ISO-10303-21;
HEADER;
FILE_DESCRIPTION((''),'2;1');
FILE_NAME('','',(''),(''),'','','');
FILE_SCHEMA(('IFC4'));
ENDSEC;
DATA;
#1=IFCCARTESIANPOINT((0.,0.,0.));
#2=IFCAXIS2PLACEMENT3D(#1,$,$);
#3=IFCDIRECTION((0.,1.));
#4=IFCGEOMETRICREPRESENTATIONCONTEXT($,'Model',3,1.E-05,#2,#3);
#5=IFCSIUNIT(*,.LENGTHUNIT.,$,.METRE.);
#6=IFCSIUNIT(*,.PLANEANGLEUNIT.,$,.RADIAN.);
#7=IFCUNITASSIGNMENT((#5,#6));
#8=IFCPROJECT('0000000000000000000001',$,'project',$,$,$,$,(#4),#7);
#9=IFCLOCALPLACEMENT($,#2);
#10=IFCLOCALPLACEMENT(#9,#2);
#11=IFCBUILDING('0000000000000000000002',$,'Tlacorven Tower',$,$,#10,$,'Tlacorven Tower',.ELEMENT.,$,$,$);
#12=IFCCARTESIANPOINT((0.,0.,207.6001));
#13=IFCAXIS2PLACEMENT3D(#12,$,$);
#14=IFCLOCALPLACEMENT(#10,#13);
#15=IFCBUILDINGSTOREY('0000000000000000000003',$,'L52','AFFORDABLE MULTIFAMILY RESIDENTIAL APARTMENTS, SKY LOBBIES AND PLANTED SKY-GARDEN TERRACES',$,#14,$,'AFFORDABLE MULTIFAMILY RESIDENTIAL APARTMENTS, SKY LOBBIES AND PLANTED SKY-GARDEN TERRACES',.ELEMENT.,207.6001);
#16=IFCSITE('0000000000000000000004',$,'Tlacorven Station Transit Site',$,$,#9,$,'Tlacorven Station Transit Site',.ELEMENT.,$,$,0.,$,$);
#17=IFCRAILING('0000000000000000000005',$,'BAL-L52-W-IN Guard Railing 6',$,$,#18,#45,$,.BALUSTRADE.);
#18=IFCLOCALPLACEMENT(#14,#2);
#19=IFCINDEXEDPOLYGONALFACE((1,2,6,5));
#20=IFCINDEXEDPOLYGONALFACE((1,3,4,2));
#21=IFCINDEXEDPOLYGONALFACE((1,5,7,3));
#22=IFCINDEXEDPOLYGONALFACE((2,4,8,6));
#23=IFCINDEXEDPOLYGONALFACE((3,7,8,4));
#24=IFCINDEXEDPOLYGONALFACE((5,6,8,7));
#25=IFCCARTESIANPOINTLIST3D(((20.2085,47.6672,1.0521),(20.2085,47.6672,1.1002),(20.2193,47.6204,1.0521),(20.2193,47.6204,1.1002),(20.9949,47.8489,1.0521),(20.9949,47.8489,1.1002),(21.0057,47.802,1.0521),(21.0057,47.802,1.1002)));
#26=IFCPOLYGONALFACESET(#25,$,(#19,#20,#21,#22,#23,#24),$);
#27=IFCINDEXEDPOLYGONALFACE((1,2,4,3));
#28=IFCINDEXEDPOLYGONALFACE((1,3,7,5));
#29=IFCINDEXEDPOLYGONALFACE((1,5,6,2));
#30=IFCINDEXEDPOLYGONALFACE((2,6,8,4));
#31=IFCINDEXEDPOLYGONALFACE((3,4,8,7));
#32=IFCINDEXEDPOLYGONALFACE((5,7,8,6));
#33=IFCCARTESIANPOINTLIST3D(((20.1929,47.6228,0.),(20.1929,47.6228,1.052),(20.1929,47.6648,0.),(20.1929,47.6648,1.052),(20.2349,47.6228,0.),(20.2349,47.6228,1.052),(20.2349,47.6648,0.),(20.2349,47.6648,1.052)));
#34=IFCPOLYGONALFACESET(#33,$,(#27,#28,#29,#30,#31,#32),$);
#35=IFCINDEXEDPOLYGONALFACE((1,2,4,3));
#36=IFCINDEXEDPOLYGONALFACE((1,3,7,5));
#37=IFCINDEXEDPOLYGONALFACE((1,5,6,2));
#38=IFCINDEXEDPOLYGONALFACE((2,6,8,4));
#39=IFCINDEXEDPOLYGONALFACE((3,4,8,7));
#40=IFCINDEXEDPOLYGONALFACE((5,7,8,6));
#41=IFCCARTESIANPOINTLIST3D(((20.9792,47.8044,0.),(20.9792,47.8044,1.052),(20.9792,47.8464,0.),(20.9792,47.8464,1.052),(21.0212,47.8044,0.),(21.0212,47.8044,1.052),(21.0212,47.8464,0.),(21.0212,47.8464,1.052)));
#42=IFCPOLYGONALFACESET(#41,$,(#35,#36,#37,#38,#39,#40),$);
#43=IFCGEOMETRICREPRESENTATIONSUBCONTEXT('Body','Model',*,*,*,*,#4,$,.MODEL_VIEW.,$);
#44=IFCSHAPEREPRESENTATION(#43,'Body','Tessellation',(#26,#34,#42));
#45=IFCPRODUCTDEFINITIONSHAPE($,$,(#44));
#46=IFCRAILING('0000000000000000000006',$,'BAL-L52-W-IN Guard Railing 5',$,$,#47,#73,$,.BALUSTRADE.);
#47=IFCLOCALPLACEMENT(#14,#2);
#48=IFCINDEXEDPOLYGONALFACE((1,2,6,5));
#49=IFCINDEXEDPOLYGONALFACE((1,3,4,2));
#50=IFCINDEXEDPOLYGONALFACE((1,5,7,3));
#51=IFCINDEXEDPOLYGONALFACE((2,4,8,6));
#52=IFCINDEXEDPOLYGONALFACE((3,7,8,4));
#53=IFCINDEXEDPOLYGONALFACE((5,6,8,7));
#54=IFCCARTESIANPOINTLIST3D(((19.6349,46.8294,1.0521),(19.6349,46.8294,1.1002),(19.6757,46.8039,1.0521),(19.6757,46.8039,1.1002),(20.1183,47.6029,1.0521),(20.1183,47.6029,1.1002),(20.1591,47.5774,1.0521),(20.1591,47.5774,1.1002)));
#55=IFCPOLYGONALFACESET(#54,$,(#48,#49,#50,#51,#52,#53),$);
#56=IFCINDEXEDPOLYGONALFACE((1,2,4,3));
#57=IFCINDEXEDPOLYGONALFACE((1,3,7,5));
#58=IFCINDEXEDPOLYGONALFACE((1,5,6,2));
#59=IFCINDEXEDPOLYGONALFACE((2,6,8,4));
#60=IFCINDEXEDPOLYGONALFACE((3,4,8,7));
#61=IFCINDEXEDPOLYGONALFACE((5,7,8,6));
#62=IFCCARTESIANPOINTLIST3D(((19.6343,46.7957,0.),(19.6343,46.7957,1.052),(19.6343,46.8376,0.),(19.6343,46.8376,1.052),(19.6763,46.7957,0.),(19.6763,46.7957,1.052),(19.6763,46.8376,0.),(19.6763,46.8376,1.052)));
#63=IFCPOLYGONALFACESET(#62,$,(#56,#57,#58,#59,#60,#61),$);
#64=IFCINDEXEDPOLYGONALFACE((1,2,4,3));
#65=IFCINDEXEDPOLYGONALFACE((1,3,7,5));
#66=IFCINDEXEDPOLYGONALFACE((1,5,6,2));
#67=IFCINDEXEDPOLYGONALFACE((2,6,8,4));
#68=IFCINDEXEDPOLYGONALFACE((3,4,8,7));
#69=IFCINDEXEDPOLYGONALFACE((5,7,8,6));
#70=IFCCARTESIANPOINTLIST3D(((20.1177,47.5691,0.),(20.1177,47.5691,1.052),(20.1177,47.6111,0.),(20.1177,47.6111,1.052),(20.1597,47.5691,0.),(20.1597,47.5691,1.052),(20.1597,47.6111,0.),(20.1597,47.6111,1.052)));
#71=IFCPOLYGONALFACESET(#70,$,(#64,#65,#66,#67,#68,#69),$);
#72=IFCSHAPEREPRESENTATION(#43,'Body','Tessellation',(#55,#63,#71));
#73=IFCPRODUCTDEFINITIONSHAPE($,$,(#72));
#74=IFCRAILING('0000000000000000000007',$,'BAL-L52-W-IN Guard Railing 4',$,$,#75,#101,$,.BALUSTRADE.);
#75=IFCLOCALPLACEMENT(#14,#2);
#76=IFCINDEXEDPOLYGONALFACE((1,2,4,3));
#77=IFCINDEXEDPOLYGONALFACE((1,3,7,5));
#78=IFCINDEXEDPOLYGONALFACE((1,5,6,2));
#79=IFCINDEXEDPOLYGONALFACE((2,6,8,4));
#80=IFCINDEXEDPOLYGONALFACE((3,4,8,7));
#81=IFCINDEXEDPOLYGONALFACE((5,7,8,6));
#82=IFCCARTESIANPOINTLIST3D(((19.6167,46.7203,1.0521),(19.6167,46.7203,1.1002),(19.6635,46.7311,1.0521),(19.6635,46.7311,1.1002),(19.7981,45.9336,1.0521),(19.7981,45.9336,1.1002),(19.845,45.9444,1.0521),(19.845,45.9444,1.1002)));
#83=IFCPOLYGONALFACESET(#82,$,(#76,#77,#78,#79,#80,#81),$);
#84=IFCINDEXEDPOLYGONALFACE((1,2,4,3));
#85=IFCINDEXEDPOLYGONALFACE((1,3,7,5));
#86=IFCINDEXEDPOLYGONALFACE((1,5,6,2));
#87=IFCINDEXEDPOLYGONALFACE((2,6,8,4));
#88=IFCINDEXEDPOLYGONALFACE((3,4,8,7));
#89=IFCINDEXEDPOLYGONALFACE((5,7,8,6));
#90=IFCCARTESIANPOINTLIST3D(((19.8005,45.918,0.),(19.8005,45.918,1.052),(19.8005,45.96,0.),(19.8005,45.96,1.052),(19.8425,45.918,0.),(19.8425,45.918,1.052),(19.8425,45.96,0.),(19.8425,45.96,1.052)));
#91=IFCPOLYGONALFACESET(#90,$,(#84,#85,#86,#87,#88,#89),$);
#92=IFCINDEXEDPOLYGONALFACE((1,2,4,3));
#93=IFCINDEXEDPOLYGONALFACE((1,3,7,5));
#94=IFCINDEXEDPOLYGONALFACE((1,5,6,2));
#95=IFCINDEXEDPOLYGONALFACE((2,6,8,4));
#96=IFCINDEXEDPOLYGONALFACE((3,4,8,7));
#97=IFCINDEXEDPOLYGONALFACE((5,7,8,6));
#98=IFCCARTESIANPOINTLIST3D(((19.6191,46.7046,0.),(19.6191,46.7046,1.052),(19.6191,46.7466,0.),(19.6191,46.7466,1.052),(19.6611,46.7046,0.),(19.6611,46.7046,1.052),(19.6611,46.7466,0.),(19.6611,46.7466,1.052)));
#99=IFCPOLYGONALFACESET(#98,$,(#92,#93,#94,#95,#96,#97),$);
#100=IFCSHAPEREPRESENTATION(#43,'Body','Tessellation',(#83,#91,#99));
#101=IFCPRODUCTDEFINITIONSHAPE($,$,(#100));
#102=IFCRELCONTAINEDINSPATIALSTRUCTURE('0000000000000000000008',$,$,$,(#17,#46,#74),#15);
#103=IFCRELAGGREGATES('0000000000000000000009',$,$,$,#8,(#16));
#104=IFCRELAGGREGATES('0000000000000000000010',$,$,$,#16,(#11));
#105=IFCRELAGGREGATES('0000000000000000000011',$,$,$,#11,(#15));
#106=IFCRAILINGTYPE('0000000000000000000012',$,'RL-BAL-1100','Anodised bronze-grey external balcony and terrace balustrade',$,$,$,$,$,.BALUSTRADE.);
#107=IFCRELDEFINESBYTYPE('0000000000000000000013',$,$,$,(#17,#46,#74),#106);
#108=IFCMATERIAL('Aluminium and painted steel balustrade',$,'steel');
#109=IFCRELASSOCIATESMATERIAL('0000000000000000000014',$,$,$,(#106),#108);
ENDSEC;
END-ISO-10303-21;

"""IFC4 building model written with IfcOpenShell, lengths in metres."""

from ifc_helpers import new_model, si_unit, direction, frame, origin, origin_2d, place, context, subcontext, project, spatial, rectangle, extrude, source, transform, mapped, material, type_object, element, save


model = new_model("IFC4")

# Units and contexts
model_context = context("Model", 3, precision=1e-05, world=origin(), true_north=direction((0.0, 1.0)))
body_context = subcontext(model_context, "Body", "Model", "MODEL_VIEW")
ifc_project = project(units=[si_unit("LENGTHUNIT", "METRE"), si_unit("PLANEANGLEUNIT", "RADIAN")], contexts=[model_context])

# Site, building, storey
site_placement = place(None, origin())
site = spatial("IfcSite", under=ifc_project, at=site_placement, Name="Tlacorven Station Transit Site", LongName="Tlacorven Station Transit Site", CompositionType="ELEMENT", RefElevation=0.0)
building_placement = place(site_placement, origin())
building = spatial("IfcBuilding", under=site, at=building_placement, Name="Tlacorven Tower", LongName="Tlacorven Tower", CompositionType="ELEMENT")
storey_placement = place(building_placement, frame((0.0, 0.0, 207.6001)))
storey = spatial("IfcBuildingStorey", under=building, at=storey_placement, Name="L52", Description="AFFORDABLE MULTIFAMILY RESIDENTIAL APARTMENTS, SKY LOBBIES AND PLANTED SKY-GARDEN TERRACES", LongName="AFFORDABLE MULTIFAMILY RESIDENTIAL APARTMENTS, SKY LOBBIES AND PLANTED SKY-GARDEN TERRACES", CompositionType="ELEMENT", Elevation=207.6001)

# Railings
ifc_material_1 = material(Name="Aluminium and painted steel balustrade", Category="steel")
railing_type = type_object("IfcRailingType", Name="RL-BAL-1100", Description="Anodised bronze-grey external balcony and terrace balustrade", PredefinedType="BALUSTRADE", material=ifc_material_1)
shared_shape_1 = source(origin(), body_context, "Body", "SweptSolid", [
    extrude(rectangle(XDim=0.0481, YDim=0.0481, at=origin_2d()), frame((0.0, 0.0, 1.0762), z_axis=(0.974345, 0.225058, 0.0), x_axis=(-0.225058, 0.974345, 0.0)), (0.0, 0.0, 1.0), 0.8071),
    extrude(rectangle(XDim=0.042, YDim=0.042, at=origin_2d()), origin(), (0.0, 0.0, 1.0), 1.052),
    extrude(rectangle(XDim=0.042, YDim=0.042, at=origin_2d()), frame((0.7864, 0.1816, 0.0)), (0.0, 0.0, 1.0), 1.052),
])
railing_1_placement = place(storey_placement, frame((20.2139, 47.6438, 0.0)))
element("IfcRailing", 1, at=railing_1_placement, inside=storey, type_object=railing_type, Name="BAL-L52-W-IN Guard Railing 6", PredefinedType="BALUSTRADE", context=body_context, shape_type="MappedRepresentation", body=[
    mapped(shared_shape_1, transform((0.0, 0.0, 0.0), scale=1.0)),
])
shared_shape_2 = source(origin(), body_context, "Body", "SweptSolid", [
    extrude(rectangle(XDim=0.0481, YDim=0.0481, at=origin_2d()), frame((0.0, 0.0, 1.0762), z_axis=(0.529999, 0.847998, 0.0), x_axis=(-0.847998, 0.529999, 0.0)), (0.0, 0.0, 1.0), 0.9121),
    extrude(rectangle(XDim=0.042, YDim=0.042, at=origin_2d()), origin(), (0.0, 0.0, 1.0), 1.052),
    extrude(rectangle(XDim=0.042, YDim=0.042, at=origin_2d()), frame((0.4834, 0.7734, 0.0)), (0.0, 0.0, 1.0), 1.052),
])
railing_2_placement = place(storey_placement, frame((19.6553, 46.8167, 0.0)))
element("IfcRailing", 2, at=railing_2_placement, inside=storey, type_object=railing_type, Name="BAL-L52-W-IN Guard Railing 5", PredefinedType="BALUSTRADE", context=body_context, shape_type="MappedRepresentation", body=[
    mapped(shared_shape_2, transform((0.0, 0.0, 0.0), scale=1.0)),
])
shared_shape_3 = source(origin(), body_context, "Body", "SweptSolid", [
    extrude(rectangle(XDim=0.0481, YDim=0.0481, at=origin_2d()), frame((0.0, 0.0, 1.0762), z_axis=(-0.224705, 0.974427, 0.0), x_axis=(-0.974427, -0.224705, 0.0)), (0.0, 0.0, 1.0), 0.8074),
    extrude(rectangle(XDim=0.042, YDim=0.042, at=origin_2d()), origin(), (0.0, 0.0, 1.0), 1.052),
    extrude(rectangle(XDim=0.042, YDim=0.042, at=origin_2d()), frame((-0.1814, 0.7866, 0.0)), (0.0, 0.0, 1.0), 1.052),
])
railing_3_placement = place(storey_placement, frame((19.8215, 45.939, 0.0)))
element("IfcRailing", 3, at=railing_3_placement, inside=storey, type_object=railing_type, Name="BAL-L52-W-IN Guard Railing 4", PredefinedType="BALUSTRADE", context=body_context, shape_type="MappedRepresentation", body=[
    mapped(shared_shape_3, transform((0.0, 0.0, 0.0), scale=1.0)),
])

save(model, "model.ifc")
